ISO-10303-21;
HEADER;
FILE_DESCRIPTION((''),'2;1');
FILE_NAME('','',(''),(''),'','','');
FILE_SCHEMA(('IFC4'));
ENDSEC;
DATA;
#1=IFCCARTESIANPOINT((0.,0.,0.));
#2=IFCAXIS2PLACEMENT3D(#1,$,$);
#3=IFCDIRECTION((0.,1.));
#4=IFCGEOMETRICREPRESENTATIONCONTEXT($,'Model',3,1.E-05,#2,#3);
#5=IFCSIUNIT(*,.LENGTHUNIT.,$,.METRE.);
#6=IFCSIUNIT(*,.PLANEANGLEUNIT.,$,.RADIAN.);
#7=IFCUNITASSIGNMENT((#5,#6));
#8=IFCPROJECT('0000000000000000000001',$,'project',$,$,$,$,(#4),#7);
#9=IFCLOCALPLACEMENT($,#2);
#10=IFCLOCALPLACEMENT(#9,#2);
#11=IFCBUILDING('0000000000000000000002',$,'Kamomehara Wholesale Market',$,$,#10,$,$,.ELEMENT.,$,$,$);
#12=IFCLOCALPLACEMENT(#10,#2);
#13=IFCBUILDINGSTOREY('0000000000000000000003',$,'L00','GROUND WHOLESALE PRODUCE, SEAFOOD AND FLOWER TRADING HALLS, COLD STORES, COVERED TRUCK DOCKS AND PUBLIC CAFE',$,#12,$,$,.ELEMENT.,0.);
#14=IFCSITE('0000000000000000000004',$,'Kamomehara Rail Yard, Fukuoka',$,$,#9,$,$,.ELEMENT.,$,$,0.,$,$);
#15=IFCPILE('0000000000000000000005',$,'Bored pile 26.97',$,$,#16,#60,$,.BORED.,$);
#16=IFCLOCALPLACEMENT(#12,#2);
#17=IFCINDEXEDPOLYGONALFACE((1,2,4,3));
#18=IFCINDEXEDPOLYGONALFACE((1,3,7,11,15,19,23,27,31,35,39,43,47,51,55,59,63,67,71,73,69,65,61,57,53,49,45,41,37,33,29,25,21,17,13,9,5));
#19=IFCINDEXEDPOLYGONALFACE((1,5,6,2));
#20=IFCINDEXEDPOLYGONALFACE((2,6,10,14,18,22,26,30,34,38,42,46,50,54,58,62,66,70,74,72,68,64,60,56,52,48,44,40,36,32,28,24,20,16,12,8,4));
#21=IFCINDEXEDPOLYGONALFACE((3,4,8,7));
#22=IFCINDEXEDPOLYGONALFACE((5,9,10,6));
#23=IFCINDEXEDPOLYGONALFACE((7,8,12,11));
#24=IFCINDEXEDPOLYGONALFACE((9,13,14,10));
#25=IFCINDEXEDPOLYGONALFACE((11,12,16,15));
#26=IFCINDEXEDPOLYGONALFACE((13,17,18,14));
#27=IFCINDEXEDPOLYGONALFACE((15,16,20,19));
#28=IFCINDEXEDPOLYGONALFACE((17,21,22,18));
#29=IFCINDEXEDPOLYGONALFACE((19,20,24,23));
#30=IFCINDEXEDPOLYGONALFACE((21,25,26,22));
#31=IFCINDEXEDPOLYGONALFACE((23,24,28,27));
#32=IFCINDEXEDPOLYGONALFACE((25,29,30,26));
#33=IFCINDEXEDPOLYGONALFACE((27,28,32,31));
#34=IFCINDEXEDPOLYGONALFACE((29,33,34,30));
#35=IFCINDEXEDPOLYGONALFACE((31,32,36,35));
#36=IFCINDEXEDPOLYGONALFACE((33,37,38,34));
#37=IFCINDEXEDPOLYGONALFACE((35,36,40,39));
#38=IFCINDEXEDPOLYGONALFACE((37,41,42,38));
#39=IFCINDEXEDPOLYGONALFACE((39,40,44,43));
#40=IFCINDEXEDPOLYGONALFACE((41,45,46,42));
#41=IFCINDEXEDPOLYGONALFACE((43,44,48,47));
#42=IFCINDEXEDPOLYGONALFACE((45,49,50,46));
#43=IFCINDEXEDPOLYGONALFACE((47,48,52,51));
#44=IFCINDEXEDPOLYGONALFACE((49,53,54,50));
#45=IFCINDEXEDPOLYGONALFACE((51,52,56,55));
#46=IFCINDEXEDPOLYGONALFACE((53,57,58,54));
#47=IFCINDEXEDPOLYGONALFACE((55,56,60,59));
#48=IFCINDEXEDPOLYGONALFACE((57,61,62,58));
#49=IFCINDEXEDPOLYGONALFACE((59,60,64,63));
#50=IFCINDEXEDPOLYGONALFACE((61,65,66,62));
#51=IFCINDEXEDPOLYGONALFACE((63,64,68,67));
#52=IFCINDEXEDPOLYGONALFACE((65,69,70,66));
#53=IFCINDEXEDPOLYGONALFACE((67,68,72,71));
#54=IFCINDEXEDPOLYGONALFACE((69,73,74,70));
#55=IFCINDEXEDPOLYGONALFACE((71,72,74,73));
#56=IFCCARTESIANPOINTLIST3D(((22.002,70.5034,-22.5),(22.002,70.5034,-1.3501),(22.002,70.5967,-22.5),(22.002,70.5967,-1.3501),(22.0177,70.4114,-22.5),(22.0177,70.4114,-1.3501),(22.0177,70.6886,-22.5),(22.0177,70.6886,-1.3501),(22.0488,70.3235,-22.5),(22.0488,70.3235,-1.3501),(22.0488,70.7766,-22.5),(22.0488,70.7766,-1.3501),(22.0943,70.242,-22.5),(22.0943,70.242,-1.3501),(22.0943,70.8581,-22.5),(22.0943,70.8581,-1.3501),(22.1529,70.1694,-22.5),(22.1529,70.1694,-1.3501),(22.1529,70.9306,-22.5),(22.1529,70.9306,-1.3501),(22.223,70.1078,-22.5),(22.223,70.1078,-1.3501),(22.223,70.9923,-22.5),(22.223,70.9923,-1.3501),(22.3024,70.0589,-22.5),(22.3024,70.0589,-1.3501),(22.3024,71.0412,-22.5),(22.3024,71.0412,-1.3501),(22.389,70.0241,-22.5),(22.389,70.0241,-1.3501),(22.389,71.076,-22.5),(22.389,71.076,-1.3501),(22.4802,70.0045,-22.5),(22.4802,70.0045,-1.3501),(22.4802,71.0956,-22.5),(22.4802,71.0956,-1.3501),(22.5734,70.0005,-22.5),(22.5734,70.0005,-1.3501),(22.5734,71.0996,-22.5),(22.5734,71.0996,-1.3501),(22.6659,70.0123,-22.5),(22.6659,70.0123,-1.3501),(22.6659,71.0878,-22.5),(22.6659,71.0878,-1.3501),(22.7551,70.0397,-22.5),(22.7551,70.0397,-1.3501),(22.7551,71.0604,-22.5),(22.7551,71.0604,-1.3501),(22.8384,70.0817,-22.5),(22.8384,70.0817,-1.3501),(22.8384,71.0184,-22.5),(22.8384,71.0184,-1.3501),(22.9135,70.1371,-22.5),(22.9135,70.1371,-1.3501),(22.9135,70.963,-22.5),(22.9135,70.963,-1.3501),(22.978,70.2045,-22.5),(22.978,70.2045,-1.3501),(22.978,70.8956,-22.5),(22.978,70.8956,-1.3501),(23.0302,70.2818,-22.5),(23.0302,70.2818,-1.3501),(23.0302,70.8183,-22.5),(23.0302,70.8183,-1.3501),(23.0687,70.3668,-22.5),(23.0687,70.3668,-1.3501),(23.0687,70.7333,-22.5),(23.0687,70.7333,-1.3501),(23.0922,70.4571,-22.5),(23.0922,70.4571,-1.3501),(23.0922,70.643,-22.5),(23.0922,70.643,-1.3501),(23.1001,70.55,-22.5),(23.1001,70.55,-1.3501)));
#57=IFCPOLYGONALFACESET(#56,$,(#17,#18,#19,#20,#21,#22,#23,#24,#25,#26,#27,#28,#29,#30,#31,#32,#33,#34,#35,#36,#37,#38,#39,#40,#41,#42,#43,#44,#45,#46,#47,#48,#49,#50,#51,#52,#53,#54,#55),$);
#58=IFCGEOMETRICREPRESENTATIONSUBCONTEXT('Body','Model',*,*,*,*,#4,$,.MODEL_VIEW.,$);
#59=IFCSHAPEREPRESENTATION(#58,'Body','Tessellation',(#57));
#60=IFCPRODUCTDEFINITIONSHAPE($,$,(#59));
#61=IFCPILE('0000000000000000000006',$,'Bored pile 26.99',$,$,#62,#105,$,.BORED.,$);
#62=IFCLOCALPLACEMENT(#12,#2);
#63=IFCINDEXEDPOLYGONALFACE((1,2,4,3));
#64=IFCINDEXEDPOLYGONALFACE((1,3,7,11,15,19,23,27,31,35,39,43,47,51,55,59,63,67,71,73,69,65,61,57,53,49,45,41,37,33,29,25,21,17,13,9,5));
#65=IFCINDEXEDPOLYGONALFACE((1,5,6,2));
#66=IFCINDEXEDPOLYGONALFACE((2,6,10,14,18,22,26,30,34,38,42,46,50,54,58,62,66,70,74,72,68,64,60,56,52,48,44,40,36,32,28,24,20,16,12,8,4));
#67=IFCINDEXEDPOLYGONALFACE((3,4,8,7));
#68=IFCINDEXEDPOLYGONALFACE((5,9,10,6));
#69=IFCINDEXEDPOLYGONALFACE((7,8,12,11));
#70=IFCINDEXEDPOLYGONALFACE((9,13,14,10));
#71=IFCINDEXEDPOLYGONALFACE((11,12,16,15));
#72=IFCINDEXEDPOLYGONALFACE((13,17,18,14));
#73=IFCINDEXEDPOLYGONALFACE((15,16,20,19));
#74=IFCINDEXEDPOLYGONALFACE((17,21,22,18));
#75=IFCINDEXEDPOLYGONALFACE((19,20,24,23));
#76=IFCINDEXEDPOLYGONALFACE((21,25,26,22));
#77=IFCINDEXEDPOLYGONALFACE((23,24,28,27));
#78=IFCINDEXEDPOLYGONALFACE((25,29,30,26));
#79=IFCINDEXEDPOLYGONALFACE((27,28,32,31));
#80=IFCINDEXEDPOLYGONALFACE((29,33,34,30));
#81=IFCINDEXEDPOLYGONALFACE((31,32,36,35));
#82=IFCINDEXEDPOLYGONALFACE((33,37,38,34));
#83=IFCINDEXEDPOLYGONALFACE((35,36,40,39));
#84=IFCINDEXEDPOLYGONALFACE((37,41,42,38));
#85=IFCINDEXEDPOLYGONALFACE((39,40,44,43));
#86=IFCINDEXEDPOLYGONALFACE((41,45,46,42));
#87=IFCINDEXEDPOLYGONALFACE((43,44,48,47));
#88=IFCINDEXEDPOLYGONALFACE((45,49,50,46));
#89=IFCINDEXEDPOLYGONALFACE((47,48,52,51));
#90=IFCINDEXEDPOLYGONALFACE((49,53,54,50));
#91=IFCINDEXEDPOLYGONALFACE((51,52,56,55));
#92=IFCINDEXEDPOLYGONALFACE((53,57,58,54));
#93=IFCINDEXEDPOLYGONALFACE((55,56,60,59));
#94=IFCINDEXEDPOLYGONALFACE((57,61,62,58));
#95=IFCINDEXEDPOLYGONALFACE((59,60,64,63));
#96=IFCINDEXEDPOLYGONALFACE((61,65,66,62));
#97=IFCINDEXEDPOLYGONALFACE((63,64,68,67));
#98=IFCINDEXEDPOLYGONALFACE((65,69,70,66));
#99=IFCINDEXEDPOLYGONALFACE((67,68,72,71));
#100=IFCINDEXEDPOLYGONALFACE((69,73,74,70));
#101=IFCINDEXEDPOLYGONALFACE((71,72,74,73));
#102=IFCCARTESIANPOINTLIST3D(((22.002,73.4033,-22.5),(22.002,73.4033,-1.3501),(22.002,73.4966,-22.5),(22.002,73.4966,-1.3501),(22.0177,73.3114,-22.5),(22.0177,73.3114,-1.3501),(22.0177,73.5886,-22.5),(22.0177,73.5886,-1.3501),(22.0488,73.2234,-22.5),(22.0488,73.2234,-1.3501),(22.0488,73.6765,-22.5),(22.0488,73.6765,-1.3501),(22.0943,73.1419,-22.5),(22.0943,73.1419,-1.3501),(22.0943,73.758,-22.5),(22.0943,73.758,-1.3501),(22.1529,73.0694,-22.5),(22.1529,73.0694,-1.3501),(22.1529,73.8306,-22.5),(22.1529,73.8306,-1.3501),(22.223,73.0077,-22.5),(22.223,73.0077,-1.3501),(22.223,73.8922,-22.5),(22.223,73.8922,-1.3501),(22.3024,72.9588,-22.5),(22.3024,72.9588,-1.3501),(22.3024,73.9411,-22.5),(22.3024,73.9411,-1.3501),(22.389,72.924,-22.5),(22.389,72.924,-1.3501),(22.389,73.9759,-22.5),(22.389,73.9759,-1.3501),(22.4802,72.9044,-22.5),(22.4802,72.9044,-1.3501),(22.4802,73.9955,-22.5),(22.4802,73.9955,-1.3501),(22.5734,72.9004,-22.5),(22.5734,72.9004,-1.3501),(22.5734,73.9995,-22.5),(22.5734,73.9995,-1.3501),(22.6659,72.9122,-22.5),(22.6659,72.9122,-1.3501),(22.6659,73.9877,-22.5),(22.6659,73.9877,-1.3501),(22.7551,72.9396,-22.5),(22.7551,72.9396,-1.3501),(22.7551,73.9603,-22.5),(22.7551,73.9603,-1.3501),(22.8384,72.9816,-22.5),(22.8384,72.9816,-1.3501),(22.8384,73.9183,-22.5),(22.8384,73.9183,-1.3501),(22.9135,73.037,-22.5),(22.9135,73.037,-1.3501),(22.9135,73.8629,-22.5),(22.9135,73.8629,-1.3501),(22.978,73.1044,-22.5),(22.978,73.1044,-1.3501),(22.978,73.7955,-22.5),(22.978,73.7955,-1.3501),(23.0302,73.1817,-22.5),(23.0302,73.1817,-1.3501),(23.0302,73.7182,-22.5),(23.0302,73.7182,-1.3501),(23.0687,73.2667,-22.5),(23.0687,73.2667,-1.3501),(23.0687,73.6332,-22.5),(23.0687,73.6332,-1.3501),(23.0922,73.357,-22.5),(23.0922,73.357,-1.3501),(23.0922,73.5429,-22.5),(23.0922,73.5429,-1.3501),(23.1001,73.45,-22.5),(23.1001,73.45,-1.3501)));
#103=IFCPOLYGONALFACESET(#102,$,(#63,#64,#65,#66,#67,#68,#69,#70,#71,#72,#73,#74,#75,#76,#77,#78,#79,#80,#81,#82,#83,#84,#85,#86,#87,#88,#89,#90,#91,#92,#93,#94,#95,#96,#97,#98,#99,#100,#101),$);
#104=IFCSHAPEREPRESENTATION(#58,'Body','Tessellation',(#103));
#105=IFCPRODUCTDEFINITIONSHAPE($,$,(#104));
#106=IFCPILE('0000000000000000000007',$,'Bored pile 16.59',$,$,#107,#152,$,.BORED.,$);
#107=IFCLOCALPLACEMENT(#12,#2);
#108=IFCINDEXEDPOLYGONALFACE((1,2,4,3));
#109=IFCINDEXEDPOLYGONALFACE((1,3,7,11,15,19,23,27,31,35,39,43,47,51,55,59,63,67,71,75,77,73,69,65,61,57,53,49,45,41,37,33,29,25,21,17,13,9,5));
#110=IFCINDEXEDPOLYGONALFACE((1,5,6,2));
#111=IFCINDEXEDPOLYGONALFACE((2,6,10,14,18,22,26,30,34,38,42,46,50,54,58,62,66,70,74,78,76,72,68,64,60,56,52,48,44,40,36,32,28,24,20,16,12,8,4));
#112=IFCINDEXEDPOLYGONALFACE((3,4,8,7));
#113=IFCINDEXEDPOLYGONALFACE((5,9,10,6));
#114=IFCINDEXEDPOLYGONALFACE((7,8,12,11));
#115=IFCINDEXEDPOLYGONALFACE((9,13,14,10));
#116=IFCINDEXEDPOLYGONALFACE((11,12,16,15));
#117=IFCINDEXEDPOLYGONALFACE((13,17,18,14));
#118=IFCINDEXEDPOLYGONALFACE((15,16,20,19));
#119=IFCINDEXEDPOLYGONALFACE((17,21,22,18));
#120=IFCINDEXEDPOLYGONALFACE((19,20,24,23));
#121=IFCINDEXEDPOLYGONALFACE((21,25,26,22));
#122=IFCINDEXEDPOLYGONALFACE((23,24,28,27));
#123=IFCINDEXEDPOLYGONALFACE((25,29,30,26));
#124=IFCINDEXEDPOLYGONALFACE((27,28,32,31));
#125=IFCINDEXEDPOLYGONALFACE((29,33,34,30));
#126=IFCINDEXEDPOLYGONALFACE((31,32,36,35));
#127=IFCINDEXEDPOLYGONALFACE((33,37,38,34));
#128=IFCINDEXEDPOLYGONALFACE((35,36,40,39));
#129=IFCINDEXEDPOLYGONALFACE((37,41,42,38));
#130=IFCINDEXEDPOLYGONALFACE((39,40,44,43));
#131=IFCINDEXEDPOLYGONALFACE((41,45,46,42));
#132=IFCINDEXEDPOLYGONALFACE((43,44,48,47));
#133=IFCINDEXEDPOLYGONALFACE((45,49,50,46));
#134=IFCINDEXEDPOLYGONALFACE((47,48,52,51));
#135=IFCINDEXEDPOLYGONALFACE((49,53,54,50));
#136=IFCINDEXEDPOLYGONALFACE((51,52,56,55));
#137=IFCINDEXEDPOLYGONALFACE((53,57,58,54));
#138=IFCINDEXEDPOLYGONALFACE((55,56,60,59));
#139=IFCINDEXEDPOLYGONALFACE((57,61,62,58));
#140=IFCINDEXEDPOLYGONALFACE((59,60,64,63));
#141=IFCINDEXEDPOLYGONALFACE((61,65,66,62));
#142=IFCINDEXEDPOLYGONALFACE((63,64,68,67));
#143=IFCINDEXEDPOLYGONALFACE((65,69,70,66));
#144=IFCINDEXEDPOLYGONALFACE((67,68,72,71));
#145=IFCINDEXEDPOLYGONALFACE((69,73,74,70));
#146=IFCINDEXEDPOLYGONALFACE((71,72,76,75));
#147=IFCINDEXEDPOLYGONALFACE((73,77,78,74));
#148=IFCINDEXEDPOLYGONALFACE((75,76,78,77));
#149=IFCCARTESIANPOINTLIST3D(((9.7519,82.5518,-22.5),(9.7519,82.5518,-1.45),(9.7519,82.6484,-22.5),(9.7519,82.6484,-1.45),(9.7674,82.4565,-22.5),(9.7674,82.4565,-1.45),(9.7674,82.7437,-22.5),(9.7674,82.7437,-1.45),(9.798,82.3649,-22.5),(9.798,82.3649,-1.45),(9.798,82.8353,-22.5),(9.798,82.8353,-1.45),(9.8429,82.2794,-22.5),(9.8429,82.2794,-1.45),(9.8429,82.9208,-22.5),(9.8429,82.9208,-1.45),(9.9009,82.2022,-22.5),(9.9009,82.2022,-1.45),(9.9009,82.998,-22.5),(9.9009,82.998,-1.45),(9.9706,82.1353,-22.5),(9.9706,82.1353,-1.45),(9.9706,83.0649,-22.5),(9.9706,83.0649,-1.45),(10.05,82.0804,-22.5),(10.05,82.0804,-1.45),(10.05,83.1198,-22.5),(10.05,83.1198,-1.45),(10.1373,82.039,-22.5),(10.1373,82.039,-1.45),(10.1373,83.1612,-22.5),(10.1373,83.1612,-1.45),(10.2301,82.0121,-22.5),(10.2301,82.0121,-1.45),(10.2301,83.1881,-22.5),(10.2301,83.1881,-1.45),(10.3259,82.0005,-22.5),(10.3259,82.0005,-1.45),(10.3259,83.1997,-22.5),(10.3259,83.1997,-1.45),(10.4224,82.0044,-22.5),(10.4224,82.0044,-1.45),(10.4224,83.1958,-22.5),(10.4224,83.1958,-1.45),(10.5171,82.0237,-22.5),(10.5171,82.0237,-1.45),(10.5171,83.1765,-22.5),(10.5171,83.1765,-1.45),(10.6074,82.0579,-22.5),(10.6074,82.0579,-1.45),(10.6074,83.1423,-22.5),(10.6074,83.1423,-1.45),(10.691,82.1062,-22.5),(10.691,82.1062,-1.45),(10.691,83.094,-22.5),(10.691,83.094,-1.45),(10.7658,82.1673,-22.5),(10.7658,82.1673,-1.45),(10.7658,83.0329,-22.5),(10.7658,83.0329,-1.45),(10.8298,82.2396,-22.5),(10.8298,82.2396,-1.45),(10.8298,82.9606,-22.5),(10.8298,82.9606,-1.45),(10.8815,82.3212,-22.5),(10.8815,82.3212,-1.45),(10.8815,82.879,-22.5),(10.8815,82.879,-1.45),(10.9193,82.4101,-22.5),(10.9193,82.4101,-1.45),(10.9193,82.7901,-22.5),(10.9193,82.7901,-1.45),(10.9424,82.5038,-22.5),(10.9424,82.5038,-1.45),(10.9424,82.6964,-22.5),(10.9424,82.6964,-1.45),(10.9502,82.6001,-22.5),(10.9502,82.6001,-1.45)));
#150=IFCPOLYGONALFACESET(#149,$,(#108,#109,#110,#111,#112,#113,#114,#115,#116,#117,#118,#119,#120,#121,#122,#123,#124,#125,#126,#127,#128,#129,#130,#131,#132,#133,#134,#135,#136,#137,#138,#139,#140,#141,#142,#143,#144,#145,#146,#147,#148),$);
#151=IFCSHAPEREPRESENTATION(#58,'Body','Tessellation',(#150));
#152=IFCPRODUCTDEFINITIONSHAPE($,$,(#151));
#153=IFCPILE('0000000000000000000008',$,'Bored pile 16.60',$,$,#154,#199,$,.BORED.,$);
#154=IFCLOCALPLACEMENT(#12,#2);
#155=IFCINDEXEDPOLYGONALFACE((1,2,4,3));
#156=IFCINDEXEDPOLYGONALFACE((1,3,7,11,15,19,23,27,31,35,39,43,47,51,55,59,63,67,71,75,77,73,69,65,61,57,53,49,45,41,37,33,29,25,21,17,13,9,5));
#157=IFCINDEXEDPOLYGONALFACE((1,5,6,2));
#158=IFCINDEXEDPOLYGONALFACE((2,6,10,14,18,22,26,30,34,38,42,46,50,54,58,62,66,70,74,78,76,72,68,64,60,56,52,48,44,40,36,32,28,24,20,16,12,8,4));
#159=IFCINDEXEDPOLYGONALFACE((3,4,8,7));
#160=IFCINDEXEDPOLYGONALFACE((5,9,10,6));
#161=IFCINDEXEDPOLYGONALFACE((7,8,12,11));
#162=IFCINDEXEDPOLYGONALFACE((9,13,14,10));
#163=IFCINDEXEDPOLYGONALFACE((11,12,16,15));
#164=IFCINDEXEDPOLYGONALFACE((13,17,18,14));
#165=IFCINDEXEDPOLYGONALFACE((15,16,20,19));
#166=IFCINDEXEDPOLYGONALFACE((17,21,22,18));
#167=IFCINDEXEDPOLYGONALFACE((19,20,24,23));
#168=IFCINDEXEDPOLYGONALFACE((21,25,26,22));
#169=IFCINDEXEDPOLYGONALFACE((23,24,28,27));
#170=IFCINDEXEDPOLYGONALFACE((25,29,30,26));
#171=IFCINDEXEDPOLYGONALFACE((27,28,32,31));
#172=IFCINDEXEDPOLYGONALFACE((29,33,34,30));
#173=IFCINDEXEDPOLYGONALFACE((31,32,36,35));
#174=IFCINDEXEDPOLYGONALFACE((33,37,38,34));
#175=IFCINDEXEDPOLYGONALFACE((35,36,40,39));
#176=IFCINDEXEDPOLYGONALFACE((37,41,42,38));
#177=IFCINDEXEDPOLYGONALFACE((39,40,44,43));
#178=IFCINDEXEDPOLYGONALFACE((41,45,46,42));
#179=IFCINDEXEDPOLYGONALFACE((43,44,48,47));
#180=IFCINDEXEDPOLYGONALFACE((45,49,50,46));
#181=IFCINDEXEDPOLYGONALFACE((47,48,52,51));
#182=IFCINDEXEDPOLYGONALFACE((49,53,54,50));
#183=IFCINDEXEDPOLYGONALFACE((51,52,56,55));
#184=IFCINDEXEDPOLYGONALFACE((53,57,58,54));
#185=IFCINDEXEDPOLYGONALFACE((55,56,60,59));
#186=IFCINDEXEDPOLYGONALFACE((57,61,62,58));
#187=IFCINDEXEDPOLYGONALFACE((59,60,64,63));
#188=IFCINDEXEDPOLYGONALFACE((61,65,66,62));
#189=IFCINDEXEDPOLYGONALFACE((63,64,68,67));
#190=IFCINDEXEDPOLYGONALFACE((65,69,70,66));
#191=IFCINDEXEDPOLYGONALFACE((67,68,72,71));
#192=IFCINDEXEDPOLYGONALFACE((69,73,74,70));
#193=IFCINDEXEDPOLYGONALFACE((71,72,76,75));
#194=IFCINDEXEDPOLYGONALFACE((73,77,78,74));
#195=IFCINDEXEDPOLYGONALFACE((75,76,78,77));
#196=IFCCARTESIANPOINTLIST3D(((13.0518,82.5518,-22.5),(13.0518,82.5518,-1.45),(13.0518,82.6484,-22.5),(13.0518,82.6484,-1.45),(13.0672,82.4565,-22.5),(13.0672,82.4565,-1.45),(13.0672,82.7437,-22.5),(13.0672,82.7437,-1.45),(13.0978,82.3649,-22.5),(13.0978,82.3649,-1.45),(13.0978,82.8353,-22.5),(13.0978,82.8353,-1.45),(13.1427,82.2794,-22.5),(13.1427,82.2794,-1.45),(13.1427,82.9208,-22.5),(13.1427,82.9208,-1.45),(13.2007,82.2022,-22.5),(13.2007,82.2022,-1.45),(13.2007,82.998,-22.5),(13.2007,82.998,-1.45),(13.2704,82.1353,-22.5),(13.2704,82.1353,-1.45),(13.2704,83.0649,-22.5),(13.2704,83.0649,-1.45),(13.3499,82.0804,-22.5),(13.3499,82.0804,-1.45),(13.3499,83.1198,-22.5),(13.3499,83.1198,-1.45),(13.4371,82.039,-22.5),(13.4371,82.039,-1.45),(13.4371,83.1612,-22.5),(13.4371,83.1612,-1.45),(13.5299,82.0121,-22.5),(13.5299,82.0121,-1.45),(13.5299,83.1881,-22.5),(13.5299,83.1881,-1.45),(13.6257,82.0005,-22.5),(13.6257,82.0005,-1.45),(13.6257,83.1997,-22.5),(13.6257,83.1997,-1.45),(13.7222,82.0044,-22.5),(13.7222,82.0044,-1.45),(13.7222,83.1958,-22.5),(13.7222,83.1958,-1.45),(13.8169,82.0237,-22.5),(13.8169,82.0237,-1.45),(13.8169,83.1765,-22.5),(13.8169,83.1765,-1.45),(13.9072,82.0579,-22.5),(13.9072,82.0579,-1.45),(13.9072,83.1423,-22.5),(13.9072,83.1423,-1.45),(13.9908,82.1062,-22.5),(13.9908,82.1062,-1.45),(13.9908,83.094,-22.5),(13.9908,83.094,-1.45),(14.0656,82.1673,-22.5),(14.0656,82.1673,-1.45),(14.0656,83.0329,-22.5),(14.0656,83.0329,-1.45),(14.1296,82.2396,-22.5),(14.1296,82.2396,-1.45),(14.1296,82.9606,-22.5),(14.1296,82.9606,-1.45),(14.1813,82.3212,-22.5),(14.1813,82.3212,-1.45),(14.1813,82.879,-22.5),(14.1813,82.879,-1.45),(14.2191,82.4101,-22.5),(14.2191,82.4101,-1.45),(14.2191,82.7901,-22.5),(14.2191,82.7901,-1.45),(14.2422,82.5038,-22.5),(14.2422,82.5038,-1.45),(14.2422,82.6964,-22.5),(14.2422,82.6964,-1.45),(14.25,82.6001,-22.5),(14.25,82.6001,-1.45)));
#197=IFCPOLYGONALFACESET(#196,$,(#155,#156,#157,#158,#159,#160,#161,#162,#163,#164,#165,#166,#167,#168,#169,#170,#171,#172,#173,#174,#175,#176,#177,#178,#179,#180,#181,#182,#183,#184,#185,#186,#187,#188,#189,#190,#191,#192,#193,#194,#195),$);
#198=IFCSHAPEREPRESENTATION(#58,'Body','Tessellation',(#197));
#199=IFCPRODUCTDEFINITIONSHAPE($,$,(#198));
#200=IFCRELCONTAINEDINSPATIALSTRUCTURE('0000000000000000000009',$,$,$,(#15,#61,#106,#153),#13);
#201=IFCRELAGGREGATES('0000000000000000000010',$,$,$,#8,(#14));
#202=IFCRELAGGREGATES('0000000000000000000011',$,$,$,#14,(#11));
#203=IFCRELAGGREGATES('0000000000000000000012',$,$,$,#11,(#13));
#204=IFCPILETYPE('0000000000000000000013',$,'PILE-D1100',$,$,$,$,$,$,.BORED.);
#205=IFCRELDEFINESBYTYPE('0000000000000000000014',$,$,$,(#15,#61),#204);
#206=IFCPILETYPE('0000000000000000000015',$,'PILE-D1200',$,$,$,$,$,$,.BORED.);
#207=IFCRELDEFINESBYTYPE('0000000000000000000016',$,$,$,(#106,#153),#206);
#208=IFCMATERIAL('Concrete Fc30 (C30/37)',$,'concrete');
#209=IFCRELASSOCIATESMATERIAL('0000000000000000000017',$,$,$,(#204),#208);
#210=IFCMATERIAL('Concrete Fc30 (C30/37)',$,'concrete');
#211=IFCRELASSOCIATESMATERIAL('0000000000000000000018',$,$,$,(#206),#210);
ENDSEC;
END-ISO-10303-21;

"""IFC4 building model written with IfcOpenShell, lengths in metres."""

from ifc_helpers import new_model, si_unit, direction, frame, origin, origin_2d, place, context, subcontext, project, spatial, circle, extrude, material, material_profile, profile_set, type_object, element, save


model = new_model("IFC4")

# Units and contexts
model_context = context("Model", 3, precision=1e-05, world=origin(), true_north=direction((0.0, 1.0)))
body_context = subcontext(model_context, "Body", "Model", "MODEL_VIEW")
ifc_project = project(units=[si_unit("LENGTHUNIT", "METRE"), si_unit("PLANEANGLEUNIT", "RADIAN")], contexts=[model_context])

# Site, building, storey
site_placement = place(None, origin())
site = spatial("IfcSite", under=ifc_project, at=site_placement, Name="Kamomehara Rail Yard, Fukuoka", CompositionType="ELEMENT", RefElevation=0.0)
building_placement = place(site_placement, origin())
building = spatial("IfcBuilding", under=site, at=building_placement, Name="Kamomehara Wholesale Market", CompositionType="ELEMENT")
storey_placement = place(building_placement, origin())
storey = spatial("IfcBuildingStorey", under=building, at=storey_placement, Name="L00", Description="GROUND WHOLESALE PRODUCE, SEAFOOD AND FLOWER TRADING HALLS, COLD STORES, COVERED TRUCK DOCKS AND PUBLIC CAFE", CompositionType="ELEMENT", Elevation=0.0)

# Piles
ifc_material_1 = material(Name="Concrete Fc30 (C30/37)", Category="concrete")
ifc_material_profile_1 = material_profile(ifc_material_1, circle(Radius=0.55, at=origin_2d()), Name="RC-PILE-D1100")
ifc_profile_set_1 = profile_set([ifc_material_profile_1], Name="Concrete Fc30 (C30/37)")
pile_type_1 = type_object("IfcPileType", Name="PILE-D1100", PredefinedType="BORED", material=ifc_profile_set_1)
for number, where, z_axis, x_axis, name in (
    (1, (22.55, 70.55, -1.3501), (0.0, 0.0, -1.0), (1.0, 0.0, 0.0), "Bored pile 26.97"),
    (2, (22.55, 73.45, -1.3501), (0.0, 0.0, -1.0), (1.0, 0.0, 0.0), "Bored pile 26.99"),
):
    element("IfcPile", number, at=place(storey_placement, frame(where, z_axis=z_axis, x_axis=x_axis)), inside=storey, type_object=pile_type_1, Name=name, PredefinedType="BORED", context=body_context, shape_type="SweptSolid", body=[
        extrude(circle(Radius=0.55, at=origin_2d()), origin(), (0.0, 0.0, 1.0), 21.1499),
    ])
ifc_material_2 = material(Name="Concrete Fc30 (C30/37)", Category="concrete")
ifc_material_profile_2 = material_profile(ifc_material_2, circle(Radius=0.6001, at=origin_2d()), Name="RC-PILE-D1200")
ifc_profile_set_2 = profile_set([ifc_material_profile_2], Name="Concrete Fc30 (C30/37)")
pile_type_2 = type_object("IfcPileType", Name="PILE-D1200", PredefinedType="BORED", material=ifc_profile_set_2)
for number, where, z_axis, x_axis, name in (
    (3, (10.3501, 82.6001, -1.45), (0.0, 0.0, -1.0), (1.0, 0.0, 0.0), "Bored pile 16.59"),
    (4, (13.6499, 82.6001, -1.45), (0.0, 0.0, -1.0), (1.0, 0.0, 0.0), "Bored pile 16.60"),
):
    element("IfcPile", number, at=place(storey_placement, frame(where, z_axis=z_axis, x_axis=x_axis)), inside=storey, type_object=pile_type_2, Name=name, PredefinedType="BORED", context=body_context, shape_type="SweptSolid", body=[
        extrude(circle(Radius=0.6001, at=origin_2d()), origin(), (0.0, 0.0, 1.0), 21.05),
    ])

save(model, "model.ifc")
